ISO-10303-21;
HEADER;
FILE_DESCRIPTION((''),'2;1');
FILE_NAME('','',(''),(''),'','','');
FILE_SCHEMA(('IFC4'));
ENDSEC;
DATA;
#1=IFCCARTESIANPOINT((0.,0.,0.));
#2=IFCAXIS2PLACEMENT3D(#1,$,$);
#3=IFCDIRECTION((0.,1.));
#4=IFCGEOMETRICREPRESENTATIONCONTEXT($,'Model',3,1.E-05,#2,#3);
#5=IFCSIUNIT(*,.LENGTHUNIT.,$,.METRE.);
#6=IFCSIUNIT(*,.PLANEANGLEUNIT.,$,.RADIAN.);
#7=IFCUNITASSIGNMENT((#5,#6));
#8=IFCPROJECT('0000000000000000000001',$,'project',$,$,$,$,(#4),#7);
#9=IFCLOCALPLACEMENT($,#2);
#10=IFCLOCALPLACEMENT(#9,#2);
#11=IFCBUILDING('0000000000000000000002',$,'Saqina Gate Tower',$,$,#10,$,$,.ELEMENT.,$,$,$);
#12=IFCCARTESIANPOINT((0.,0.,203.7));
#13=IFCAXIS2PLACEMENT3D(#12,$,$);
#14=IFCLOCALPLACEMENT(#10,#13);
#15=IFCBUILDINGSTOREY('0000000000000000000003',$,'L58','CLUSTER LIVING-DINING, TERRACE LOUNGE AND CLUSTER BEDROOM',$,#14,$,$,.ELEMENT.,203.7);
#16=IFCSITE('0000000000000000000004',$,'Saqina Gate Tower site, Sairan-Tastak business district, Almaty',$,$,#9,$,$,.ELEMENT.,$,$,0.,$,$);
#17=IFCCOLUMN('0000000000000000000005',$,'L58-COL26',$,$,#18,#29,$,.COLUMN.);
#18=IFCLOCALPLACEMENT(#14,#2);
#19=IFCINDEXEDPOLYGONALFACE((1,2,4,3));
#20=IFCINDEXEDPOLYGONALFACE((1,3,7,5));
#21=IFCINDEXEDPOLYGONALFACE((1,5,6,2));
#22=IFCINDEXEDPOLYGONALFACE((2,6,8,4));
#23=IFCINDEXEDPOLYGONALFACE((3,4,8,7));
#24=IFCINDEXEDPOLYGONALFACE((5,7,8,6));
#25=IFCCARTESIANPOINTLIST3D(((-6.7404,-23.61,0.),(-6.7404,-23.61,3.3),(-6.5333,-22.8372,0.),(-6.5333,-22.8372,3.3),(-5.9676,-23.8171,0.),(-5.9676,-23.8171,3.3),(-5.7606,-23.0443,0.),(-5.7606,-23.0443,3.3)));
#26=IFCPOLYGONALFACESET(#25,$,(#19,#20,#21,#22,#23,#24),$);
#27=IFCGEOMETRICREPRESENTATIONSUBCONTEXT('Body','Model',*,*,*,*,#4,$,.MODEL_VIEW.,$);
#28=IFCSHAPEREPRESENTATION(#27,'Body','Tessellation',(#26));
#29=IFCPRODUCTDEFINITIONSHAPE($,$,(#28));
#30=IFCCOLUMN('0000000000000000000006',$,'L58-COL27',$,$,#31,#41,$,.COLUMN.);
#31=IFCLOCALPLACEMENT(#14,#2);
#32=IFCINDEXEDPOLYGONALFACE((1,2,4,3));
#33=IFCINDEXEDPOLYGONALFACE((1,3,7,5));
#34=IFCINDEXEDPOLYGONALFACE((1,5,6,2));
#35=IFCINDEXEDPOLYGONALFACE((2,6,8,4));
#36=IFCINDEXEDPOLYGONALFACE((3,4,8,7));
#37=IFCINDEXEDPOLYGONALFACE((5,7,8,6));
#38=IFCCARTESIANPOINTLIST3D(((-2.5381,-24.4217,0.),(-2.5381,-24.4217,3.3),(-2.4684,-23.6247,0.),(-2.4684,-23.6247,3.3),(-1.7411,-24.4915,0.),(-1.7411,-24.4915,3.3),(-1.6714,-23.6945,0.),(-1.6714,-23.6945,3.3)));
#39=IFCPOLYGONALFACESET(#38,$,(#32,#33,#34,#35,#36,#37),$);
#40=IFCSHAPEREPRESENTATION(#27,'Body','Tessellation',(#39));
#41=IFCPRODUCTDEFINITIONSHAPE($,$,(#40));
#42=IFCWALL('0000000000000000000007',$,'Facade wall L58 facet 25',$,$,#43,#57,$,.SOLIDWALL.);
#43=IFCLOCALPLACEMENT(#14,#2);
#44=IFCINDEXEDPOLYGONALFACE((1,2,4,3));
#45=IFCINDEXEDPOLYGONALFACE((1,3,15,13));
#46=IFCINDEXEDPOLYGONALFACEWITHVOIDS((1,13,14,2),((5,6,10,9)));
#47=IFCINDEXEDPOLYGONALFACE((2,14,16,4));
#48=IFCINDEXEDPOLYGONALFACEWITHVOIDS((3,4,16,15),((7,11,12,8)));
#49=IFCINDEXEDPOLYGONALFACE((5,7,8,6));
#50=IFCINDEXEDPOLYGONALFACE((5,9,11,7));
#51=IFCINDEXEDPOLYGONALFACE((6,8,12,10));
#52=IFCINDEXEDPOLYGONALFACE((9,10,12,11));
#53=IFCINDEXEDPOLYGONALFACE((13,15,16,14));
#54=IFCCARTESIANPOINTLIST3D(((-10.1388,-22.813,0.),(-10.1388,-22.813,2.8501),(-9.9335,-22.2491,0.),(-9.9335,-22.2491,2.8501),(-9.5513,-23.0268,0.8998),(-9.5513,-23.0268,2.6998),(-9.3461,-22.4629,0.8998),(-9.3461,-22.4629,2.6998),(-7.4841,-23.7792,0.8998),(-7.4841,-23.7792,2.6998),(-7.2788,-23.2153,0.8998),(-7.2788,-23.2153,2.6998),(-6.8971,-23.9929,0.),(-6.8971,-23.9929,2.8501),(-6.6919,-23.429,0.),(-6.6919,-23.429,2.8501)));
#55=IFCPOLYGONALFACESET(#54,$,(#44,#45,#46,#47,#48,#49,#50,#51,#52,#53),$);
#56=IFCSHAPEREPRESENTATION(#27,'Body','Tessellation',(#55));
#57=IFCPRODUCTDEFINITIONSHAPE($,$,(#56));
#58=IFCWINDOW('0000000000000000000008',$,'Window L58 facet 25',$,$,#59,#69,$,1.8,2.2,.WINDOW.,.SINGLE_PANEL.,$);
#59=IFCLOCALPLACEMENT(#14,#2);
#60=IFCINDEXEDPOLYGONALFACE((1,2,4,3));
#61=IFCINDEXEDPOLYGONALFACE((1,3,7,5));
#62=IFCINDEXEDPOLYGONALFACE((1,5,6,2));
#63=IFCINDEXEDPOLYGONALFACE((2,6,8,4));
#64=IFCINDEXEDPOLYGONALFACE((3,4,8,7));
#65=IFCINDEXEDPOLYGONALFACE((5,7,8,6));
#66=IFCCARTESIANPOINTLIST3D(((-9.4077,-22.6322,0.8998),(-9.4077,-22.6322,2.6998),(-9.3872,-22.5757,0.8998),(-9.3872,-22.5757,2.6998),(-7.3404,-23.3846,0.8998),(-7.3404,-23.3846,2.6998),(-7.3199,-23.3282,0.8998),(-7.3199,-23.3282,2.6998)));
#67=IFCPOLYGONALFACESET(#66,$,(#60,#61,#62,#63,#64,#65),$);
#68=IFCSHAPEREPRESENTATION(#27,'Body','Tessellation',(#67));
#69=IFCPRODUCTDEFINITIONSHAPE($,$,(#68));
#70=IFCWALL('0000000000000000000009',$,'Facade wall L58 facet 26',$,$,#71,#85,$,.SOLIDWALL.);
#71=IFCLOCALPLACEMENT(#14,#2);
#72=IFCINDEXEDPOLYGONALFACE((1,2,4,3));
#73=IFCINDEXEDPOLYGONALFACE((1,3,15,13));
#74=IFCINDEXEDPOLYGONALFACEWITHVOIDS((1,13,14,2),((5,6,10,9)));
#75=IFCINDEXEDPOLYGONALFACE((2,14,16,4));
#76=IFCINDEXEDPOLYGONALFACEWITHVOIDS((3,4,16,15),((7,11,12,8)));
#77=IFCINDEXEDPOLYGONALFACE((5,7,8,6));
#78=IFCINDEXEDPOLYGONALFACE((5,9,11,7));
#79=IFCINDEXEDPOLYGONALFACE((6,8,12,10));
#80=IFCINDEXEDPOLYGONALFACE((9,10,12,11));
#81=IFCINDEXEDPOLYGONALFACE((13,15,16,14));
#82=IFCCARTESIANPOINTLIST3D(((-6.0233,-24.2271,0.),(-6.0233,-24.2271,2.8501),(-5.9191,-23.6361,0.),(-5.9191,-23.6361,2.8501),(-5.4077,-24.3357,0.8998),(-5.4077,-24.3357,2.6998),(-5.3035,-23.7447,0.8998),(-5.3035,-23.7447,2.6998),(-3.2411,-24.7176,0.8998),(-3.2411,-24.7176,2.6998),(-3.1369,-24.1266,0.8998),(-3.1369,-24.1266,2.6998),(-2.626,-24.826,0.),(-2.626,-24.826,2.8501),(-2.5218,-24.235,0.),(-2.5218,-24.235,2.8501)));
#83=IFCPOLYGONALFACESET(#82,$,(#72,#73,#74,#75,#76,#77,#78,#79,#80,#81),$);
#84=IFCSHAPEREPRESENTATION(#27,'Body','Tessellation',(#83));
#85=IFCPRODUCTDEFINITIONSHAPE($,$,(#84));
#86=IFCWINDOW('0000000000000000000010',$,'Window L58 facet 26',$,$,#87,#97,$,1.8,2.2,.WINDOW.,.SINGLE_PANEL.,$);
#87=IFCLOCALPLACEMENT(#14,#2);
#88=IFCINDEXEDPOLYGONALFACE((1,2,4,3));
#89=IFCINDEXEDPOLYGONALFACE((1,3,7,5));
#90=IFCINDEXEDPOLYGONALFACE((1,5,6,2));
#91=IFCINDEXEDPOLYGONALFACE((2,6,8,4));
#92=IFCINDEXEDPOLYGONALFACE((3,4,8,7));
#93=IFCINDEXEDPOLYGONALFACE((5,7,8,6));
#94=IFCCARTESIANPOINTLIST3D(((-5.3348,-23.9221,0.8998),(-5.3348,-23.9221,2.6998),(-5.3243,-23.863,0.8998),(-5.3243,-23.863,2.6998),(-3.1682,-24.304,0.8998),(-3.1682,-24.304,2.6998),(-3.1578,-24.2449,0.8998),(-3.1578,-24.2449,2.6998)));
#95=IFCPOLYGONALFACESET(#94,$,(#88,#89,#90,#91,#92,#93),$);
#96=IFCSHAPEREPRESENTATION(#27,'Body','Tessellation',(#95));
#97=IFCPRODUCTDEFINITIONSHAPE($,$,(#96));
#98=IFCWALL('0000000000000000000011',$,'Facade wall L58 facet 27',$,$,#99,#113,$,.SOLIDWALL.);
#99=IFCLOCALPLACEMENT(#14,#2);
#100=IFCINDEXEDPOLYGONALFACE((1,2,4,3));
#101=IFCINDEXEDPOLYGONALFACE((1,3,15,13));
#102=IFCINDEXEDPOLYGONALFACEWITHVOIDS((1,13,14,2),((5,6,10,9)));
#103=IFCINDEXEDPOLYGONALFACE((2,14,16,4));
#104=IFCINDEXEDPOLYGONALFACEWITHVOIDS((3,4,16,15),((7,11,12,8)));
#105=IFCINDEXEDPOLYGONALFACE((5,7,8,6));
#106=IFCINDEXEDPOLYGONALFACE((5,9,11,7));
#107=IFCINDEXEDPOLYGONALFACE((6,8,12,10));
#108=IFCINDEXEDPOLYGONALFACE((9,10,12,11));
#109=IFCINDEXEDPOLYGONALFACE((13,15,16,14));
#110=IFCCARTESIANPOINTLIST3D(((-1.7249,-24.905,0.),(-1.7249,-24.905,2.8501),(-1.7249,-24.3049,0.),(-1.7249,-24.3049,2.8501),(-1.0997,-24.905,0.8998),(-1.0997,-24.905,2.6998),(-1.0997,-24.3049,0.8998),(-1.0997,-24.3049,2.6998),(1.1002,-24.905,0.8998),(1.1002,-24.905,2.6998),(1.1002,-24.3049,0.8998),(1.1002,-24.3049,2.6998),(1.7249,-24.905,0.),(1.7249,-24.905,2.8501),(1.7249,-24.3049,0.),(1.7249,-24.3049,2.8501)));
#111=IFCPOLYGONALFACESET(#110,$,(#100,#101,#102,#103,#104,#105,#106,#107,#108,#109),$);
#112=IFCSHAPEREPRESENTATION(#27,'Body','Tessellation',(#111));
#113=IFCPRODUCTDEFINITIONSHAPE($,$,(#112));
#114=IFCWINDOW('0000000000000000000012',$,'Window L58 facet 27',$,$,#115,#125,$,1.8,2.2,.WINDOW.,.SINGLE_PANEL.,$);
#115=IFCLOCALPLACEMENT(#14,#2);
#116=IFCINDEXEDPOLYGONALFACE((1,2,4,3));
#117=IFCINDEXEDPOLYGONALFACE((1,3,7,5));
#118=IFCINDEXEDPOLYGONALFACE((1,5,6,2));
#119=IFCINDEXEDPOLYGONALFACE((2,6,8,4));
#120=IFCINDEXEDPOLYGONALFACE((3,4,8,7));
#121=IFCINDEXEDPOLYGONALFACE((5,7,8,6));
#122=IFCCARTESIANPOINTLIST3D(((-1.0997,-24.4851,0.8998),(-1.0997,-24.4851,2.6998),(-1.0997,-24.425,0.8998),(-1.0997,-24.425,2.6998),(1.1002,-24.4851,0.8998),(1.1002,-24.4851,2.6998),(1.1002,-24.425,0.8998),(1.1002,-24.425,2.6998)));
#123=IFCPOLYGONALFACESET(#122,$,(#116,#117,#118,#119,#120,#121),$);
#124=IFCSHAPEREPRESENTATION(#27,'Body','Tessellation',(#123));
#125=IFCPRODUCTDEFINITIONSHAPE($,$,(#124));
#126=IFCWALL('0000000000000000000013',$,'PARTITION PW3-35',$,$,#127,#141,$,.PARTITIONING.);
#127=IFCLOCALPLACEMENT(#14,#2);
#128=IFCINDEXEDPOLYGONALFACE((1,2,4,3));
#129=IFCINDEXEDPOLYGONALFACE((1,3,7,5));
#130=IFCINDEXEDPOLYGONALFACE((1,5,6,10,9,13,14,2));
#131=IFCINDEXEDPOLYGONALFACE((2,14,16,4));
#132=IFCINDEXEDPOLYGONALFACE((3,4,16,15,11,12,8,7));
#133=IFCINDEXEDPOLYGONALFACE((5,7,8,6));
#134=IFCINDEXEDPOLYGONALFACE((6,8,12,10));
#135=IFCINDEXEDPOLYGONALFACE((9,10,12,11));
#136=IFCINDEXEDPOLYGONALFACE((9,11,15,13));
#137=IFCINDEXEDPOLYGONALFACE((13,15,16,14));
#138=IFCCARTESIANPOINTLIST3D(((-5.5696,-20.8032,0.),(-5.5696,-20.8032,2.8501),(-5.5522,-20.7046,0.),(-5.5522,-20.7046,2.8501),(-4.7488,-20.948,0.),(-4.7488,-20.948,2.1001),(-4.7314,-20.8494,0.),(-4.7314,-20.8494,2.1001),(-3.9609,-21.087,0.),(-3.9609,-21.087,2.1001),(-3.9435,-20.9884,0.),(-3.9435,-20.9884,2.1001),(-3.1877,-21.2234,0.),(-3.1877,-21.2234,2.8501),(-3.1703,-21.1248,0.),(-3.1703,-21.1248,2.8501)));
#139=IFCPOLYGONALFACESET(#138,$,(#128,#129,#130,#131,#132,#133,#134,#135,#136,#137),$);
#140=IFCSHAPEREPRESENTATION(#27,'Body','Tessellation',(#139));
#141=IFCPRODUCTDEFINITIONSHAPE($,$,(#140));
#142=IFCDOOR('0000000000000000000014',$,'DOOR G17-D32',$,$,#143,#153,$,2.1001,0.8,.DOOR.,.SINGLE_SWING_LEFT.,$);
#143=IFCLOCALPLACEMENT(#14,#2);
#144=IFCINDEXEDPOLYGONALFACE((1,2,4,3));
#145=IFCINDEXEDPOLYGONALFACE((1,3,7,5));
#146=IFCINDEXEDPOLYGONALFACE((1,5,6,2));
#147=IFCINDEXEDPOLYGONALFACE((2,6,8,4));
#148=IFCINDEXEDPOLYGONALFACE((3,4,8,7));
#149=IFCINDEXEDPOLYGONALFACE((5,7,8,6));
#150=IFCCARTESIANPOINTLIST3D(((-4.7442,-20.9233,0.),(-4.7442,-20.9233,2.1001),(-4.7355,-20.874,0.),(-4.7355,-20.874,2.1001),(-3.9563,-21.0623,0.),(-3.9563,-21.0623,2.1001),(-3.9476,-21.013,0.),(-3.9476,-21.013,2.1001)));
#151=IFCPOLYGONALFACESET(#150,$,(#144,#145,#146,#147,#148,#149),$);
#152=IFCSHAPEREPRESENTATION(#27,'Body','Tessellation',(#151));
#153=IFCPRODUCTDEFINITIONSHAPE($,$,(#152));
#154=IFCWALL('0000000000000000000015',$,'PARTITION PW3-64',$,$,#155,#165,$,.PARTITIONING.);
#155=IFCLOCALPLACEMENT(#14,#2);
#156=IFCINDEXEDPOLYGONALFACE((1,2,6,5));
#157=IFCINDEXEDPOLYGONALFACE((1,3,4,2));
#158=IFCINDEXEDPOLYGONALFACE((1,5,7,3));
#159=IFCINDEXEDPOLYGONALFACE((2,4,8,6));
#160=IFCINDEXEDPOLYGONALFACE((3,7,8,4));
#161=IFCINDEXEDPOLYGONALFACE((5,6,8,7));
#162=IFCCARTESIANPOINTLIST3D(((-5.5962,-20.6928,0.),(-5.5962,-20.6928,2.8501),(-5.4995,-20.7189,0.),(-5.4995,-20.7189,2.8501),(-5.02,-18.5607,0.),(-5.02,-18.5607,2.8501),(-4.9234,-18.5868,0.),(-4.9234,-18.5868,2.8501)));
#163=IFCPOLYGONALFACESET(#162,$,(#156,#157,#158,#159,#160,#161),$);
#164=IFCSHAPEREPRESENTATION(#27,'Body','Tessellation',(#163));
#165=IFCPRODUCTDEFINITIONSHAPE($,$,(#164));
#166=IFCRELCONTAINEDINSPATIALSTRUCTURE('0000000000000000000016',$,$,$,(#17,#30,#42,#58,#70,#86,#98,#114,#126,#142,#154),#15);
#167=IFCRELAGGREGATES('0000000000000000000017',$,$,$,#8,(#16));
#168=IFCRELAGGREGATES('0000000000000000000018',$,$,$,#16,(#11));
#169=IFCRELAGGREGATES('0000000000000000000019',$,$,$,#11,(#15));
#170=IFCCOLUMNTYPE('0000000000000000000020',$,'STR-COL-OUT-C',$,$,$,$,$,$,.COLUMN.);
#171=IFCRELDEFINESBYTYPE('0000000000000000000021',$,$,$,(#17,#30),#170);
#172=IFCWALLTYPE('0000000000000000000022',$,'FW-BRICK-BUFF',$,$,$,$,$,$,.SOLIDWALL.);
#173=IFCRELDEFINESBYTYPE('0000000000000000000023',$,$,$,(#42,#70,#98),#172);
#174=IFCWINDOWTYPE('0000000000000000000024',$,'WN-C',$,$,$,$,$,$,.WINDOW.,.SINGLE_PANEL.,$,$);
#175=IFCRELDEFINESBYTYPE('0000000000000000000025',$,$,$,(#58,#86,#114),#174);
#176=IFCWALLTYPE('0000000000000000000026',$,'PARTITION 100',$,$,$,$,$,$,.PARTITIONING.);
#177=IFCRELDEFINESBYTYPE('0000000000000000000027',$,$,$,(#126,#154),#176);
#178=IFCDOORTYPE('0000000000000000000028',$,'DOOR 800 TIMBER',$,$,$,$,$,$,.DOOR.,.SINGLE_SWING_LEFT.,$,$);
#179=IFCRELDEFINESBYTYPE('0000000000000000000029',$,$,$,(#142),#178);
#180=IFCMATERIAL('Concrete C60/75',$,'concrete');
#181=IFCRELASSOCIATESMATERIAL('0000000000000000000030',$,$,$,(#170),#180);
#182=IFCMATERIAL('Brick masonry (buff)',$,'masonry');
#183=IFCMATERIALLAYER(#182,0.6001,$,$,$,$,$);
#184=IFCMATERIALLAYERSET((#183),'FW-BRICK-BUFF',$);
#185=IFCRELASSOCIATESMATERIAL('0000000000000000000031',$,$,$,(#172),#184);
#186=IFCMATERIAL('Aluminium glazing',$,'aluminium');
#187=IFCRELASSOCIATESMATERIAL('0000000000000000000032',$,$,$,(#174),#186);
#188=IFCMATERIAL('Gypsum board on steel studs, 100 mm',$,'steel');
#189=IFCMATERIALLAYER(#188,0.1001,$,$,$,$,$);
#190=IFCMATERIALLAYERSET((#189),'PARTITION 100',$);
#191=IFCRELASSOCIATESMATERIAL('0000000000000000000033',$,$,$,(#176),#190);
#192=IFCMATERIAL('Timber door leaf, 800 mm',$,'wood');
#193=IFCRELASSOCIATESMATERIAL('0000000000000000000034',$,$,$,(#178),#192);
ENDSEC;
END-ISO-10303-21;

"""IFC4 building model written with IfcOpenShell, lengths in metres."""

from ifc_helpers import new_model, si_unit, direction, frame, frame_2d, origin, origin_2d, place, context, subcontext, project, spatial, rectangle, extrude, material, layer, layer_set, material_profile, profile_set, type_object, element, fill, save


model = new_model("IFC4")

# Units and contexts
model_context = context("Model", 3, precision=1e-05, world=origin(), true_north=direction((0.0, 1.0)))
body_context = subcontext(model_context, "Body", "Model", "MODEL_VIEW")
ifc_project = project(units=[si_unit("LENGTHUNIT", "METRE"), si_unit("PLANEANGLEUNIT", "RADIAN")], contexts=[model_context])

# Site, building, storey
site_placement = place(None, origin())
site = spatial("IfcSite", under=ifc_project, at=site_placement, Name="Saqina Gate Tower site, Sairan-Tastak business district, Almaty", CompositionType="ELEMENT", RefElevation=0.0)
building_placement = place(site_placement, origin())
building = spatial("IfcBuilding", under=site, at=building_placement, Name="Saqina Gate Tower", CompositionType="ELEMENT")
storey_placement = place(building_placement, frame((0.0, 0.0, 203.7)))
storey = spatial("IfcBuildingStorey", under=building, at=storey_placement, Name="L58", Description="CLUSTER LIVING-DINING, TERRACE LOUNGE AND CLUSTER BEDROOM", CompositionType="ELEMENT", Elevation=203.7)

# Columns
ifc_material_1 = material(Name="Concrete C60/75", Category="concrete")
ifc_material_profile = material_profile(ifc_material_1, rectangle(XDim=0.8, YDim=0.8, at=origin_2d()), Name="RC 800x800")
ifc_profile_set = profile_set([ifc_material_profile], Name="Concrete C60/75")
column_type = type_object("IfcColumnType", Name="STR-COL-OUT-C", PredefinedType="COLUMN", material=ifc_profile_set)
for number, where, z_axis, x_axis, name in (
    (1, (-6.2505, -23.3271, 0.0), (0.0, 0.0, 1.0), (-0.258819, -0.965926, 0.0), "L58-COL26"),
    (2, (-2.1047, -24.0581, 0.0), (0.0, 0.0, 1.0), (-0.087156, -0.996195, 0.0), "L58-COL27"),
):
    element("IfcColumn", number, at=place(storey_placement, frame(where, z_axis=z_axis, x_axis=x_axis)), inside=storey, type_object=column_type, Name=name, PredefinedType="COLUMN", context=body_context, shape_type="SweptSolid", body=[
        extrude(rectangle(XDim=0.8, YDim=0.8, at=origin_2d()), origin(), (0.0, 0.0, 1.0), 3.3),
    ])

# Walls, openings, windows
ifc_material_2 = material(Name="Brick masonry (buff)", Category="masonry")
ifc_layer_1 = layer(ifc_material_2, 0.6001)
ifc_layer_set_1 = layer_set([ifc_layer_1], Name="FW-BRICK-BUFF")
wall_type_1 = type_object("IfcWallType", Name="FW-BRICK-BUFF", PredefinedType="SOLIDWALL", material=ifc_layer_set_1)
wall_1_placement = place(storey_placement, frame((-10.0361, -22.531, 0.0), z_axis=(0.0, 0.0, 1.0), x_axis=(0.939688, -0.342033, 0.0)))
wall_1 = element("IfcWall", 3, at=wall_1_placement, inside=storey, type_object=wall_type_1, Name="Facade wall L58 facet 25", PredefinedType="SOLIDWALL", context=body_context, shape_type="SweptSolid", body=[
    extrude(rectangle(XDim=3.4497, YDim=0.6001, at=frame_2d((1.7249, 0.0))), origin(), (0.0, 0.0, 1.0), 2.8501),
])
opening_1_placement = place(wall_1_placement, frame((0.625, 0.0, 0.8999)))
opening_1 = element("IfcOpeningElement", 4, at=opening_1_placement, cuts=wall_1, PredefinedType="OPENING", context=body_context, shape_type="SweptSolid", body=[
    extrude(rectangle(XDim=2.2, YDim=1.8, at=frame_2d((1.1001, 0.8999))), frame((0.0, 0.312, 0.0), z_axis=(0.0, -1.0, 0.0), x_axis=(1.0, 0.0, 0.0)), (0.0, 0.0, 1.0), 0.624),
])
ifc_material_3 = material(Name="Aluminium glazing", Category="aluminium")
window_type = type_object("IfcWindowType", Name="WN-C", PartitioningType="SINGLE_PANEL", PredefinedType="WINDOW", material=ifc_material_3)
window_1_placement = place(opening_1_placement, origin())
window_1 = element("IfcWindow", 5, at=window_1_placement, inside=storey, type_object=window_type, Name="Window L58 facet 25", OverallHeight=1.8, OverallWidth=2.2, PartitioningType="SINGLE_PANEL", PredefinedType="WINDOW", context=body_context, shape_type="SweptSolid", body=[
    extrude(rectangle(XDim=2.2, YDim=1.8, at=frame_2d((1.1001, 0.8999))), frame((0.0, 0.1799, 0.0), z_axis=(0.0, -1.0, 0.0), x_axis=(1.0, 0.0, 0.0)), (0.0, 0.0, 1.0), 0.0601),
])
fill(opening_1, window_1)
wall_2_placement = place(storey_placement, frame((-5.9712, -23.9316, 0.0), z_axis=(0.0, 0.0, 1.0), x_axis=(0.984815, -0.173608, 0.0)))
wall_2 = element("IfcWall", 6, at=wall_2_placement, inside=storey, type_object=wall_type_1, Name="Facade wall L58 facet 26", PredefinedType="SOLIDWALL", context=body_context, shape_type="SweptSolid", body=[
    extrude(rectangle(XDim=3.4497, YDim=0.6001, at=frame_2d((1.7249, 0.0))), origin(), (0.0, 0.0, 1.0), 2.8501),
])
opening_2_placement = place(wall_2_placement, frame((0.625, 0.0, 0.8999)))
opening_2 = element("IfcOpeningElement", 7, at=opening_2_placement, cuts=wall_2, PredefinedType="OPENING", context=body_context, shape_type="SweptSolid", body=[
    extrude(rectangle(XDim=2.2, YDim=1.8, at=frame_2d((1.1001, 0.8999))), frame((0.0, 0.312, 0.0), z_axis=(0.0, -1.0, 0.0), x_axis=(1.0, 0.0, 0.0)), (0.0, 0.0, 1.0), 0.624),
])
window_2_placement = place(opening_2_placement, origin())
window_2 = element("IfcWindow", 8, at=window_2_placement, inside=storey, type_object=window_type, Name="Window L58 facet 26", OverallHeight=1.8, OverallWidth=2.2, PartitioningType="SINGLE_PANEL", PredefinedType="WINDOW", context=body_context, shape_type="SweptSolid", body=[
    extrude(rectangle(XDim=2.2, YDim=1.8, at=frame_2d((1.1001, 0.8999))), frame((0.0, 0.1799, 0.0), z_axis=(0.0, -1.0, 0.0), x_axis=(1.0, 0.0, 0.0)), (0.0, 0.0, 1.0), 0.0601),
])
fill(opening_2, window_2)
wall_3_placement = place(storey_placement, frame((-1.7249, -24.605, 0.0), z_axis=(0.0, 0.0, 1.0), x_axis=(1.0, 0.0, 0.0)))
wall_3 = element("IfcWall", 9, at=wall_3_placement, inside=storey, type_object=wall_type_1, Name="Facade wall L58 facet 27", PredefinedType="SOLIDWALL", context=body_context, shape_type="SweptSolid", body=[
    extrude(rectangle(XDim=3.4497, YDim=0.6001, at=frame_2d((1.7249, 0.0))), origin(), (0.0, 0.0, 1.0), 2.8501),
])
opening_3_placement = place(wall_3_placement, frame((0.625, 0.0, 0.8999)))
opening_3 = element("IfcOpeningElement", 10, at=opening_3_placement, cuts=wall_3, PredefinedType="OPENING", context=body_context, shape_type="SweptSolid", body=[
    extrude(rectangle(XDim=2.2, YDim=1.8, at=frame_2d((1.1001, 0.8999))), frame((0.0, 0.312, 0.0), z_axis=(0.0, -1.0, 0.0), x_axis=(1.0, 0.0, 0.0)), (0.0, 0.0, 1.0), 0.624),
])
window_3_placement = place(opening_3_placement, origin())
window_3 = element("IfcWindow", 11, at=window_3_placement, inside=storey, type_object=window_type, Name="Window L58 facet 27", OverallHeight=1.8, OverallWidth=2.2, PartitioningType="SINGLE_PANEL", PredefinedType="WINDOW", context=body_context, shape_type="SweptSolid", body=[
    extrude(rectangle(XDim=2.2, YDim=1.8, at=frame_2d((1.1001, 0.8999))), frame((0.0, 0.1799, 0.0), z_axis=(0.0, -1.0, 0.0), x_axis=(1.0, 0.0, 0.0)), (0.0, 0.0, 1.0), 0.0601),
])
fill(opening_3, window_3)

# Wall, opening, door
ifc_material_4 = material(Name="Gypsum board on steel studs, 100 mm", Category="steel")
ifc_layer_2 = layer(ifc_material_4, 0.1001)
ifc_layer_set_2 = layer_set([ifc_layer_2], Name="PARTITION 100")
wall_type_2 = type_object("IfcWallType", Name="PARTITION 100", PredefinedType="PARTITIONING", material=ifc_layer_set_2)
wall_4_placement = place(storey_placement, frame((-5.561, -20.7539, 0.0), z_axis=(0.0, 0.0, 1.0), x_axis=(0.984795, -0.173722, 0.0)))
wall_4 = element("IfcWall", 12, at=wall_4_placement, inside=storey, type_object=wall_type_2, Name="PARTITION PW3-35", PredefinedType="PARTITIONING", context=body_context, shape_type="SweptSolid", body=[
    extrude(rectangle(XDim=2.4187, YDim=0.1001, at=frame_2d((1.2095, 0.0))), origin(), (0.0, 0.0, 1.0), 2.8501),
])
opening_4_placement = place(wall_4_placement, frame((0.8337, 0.0, 0.0)))
opening_4 = element("IfcOpeningElement", 13, at=opening_4_placement, cuts=wall_4, PredefinedType="OPENING", context=body_context, shape_type="SweptSolid", body=[
    extrude(rectangle(XDim=0.8, YDim=2.1001, at=frame_2d((0.3999, 1.05))), frame((0.0, 0.062, 0.0), z_axis=(0.0, -1.0, 0.0), x_axis=(1.0, 0.0, 0.0)), (0.0, 0.0, 1.0), 0.124),
])
ifc_material_5 = material(Name="Timber door leaf, 800 mm", Category="wood")
door_type_1 = type_object("IfcDoorType", Name="DOOR 800 TIMBER", OperationType="SINGLE_SWING_LEFT", PredefinedType="DOOR", material=ifc_material_5)
door_1_placement = place(opening_4_placement, frame((0.8, 0.0, 0.0), z_axis=(0.0, 0.0, 1.0), x_axis=(-1.0, 0.0, 0.0)))
door_1 = element("IfcDoor", 14, at=door_1_placement, inside=storey, type_object=door_type_1, Name="DOOR G17-D32", OperationType="SINGLE_SWING_LEFT", OverallHeight=2.1001, OverallWidth=0.8, PredefinedType="DOOR", context=body_context, shape_type="SweptSolid", body=[
    extrude(rectangle(XDim=0.8, YDim=2.1001, at=frame_2d((0.3999, 1.05))), frame((0.0, 0.0249, 0.0), z_axis=(0.0, -1.0, 0.0), x_axis=(1.0, 0.0, 0.0)), (0.0, 0.0, 1.0), 0.05),
])
fill(opening_4, door_1)

# Wall
wall_5_placement = place(storey_placement, frame((-5.5479, -20.7058, 0.0), z_axis=(0.0, 0.0, 1.0), x_axis=(0.260881, 0.965371, 0.0)))
element("IfcWall", 15, at=wall_5_placement, inside=storey, type_object=wall_type_2, Name="PARTITION PW3-64", PredefinedType="PARTITIONING", context=body_context, shape_type="SweptSolid", body=[
    extrude(rectangle(XDim=2.2085, YDim=0.1001, at=frame_2d((1.1042, 0.0))), origin(), (0.0, 0.0, 1.0), 2.8501),
])

save(model, "model.ifc")
